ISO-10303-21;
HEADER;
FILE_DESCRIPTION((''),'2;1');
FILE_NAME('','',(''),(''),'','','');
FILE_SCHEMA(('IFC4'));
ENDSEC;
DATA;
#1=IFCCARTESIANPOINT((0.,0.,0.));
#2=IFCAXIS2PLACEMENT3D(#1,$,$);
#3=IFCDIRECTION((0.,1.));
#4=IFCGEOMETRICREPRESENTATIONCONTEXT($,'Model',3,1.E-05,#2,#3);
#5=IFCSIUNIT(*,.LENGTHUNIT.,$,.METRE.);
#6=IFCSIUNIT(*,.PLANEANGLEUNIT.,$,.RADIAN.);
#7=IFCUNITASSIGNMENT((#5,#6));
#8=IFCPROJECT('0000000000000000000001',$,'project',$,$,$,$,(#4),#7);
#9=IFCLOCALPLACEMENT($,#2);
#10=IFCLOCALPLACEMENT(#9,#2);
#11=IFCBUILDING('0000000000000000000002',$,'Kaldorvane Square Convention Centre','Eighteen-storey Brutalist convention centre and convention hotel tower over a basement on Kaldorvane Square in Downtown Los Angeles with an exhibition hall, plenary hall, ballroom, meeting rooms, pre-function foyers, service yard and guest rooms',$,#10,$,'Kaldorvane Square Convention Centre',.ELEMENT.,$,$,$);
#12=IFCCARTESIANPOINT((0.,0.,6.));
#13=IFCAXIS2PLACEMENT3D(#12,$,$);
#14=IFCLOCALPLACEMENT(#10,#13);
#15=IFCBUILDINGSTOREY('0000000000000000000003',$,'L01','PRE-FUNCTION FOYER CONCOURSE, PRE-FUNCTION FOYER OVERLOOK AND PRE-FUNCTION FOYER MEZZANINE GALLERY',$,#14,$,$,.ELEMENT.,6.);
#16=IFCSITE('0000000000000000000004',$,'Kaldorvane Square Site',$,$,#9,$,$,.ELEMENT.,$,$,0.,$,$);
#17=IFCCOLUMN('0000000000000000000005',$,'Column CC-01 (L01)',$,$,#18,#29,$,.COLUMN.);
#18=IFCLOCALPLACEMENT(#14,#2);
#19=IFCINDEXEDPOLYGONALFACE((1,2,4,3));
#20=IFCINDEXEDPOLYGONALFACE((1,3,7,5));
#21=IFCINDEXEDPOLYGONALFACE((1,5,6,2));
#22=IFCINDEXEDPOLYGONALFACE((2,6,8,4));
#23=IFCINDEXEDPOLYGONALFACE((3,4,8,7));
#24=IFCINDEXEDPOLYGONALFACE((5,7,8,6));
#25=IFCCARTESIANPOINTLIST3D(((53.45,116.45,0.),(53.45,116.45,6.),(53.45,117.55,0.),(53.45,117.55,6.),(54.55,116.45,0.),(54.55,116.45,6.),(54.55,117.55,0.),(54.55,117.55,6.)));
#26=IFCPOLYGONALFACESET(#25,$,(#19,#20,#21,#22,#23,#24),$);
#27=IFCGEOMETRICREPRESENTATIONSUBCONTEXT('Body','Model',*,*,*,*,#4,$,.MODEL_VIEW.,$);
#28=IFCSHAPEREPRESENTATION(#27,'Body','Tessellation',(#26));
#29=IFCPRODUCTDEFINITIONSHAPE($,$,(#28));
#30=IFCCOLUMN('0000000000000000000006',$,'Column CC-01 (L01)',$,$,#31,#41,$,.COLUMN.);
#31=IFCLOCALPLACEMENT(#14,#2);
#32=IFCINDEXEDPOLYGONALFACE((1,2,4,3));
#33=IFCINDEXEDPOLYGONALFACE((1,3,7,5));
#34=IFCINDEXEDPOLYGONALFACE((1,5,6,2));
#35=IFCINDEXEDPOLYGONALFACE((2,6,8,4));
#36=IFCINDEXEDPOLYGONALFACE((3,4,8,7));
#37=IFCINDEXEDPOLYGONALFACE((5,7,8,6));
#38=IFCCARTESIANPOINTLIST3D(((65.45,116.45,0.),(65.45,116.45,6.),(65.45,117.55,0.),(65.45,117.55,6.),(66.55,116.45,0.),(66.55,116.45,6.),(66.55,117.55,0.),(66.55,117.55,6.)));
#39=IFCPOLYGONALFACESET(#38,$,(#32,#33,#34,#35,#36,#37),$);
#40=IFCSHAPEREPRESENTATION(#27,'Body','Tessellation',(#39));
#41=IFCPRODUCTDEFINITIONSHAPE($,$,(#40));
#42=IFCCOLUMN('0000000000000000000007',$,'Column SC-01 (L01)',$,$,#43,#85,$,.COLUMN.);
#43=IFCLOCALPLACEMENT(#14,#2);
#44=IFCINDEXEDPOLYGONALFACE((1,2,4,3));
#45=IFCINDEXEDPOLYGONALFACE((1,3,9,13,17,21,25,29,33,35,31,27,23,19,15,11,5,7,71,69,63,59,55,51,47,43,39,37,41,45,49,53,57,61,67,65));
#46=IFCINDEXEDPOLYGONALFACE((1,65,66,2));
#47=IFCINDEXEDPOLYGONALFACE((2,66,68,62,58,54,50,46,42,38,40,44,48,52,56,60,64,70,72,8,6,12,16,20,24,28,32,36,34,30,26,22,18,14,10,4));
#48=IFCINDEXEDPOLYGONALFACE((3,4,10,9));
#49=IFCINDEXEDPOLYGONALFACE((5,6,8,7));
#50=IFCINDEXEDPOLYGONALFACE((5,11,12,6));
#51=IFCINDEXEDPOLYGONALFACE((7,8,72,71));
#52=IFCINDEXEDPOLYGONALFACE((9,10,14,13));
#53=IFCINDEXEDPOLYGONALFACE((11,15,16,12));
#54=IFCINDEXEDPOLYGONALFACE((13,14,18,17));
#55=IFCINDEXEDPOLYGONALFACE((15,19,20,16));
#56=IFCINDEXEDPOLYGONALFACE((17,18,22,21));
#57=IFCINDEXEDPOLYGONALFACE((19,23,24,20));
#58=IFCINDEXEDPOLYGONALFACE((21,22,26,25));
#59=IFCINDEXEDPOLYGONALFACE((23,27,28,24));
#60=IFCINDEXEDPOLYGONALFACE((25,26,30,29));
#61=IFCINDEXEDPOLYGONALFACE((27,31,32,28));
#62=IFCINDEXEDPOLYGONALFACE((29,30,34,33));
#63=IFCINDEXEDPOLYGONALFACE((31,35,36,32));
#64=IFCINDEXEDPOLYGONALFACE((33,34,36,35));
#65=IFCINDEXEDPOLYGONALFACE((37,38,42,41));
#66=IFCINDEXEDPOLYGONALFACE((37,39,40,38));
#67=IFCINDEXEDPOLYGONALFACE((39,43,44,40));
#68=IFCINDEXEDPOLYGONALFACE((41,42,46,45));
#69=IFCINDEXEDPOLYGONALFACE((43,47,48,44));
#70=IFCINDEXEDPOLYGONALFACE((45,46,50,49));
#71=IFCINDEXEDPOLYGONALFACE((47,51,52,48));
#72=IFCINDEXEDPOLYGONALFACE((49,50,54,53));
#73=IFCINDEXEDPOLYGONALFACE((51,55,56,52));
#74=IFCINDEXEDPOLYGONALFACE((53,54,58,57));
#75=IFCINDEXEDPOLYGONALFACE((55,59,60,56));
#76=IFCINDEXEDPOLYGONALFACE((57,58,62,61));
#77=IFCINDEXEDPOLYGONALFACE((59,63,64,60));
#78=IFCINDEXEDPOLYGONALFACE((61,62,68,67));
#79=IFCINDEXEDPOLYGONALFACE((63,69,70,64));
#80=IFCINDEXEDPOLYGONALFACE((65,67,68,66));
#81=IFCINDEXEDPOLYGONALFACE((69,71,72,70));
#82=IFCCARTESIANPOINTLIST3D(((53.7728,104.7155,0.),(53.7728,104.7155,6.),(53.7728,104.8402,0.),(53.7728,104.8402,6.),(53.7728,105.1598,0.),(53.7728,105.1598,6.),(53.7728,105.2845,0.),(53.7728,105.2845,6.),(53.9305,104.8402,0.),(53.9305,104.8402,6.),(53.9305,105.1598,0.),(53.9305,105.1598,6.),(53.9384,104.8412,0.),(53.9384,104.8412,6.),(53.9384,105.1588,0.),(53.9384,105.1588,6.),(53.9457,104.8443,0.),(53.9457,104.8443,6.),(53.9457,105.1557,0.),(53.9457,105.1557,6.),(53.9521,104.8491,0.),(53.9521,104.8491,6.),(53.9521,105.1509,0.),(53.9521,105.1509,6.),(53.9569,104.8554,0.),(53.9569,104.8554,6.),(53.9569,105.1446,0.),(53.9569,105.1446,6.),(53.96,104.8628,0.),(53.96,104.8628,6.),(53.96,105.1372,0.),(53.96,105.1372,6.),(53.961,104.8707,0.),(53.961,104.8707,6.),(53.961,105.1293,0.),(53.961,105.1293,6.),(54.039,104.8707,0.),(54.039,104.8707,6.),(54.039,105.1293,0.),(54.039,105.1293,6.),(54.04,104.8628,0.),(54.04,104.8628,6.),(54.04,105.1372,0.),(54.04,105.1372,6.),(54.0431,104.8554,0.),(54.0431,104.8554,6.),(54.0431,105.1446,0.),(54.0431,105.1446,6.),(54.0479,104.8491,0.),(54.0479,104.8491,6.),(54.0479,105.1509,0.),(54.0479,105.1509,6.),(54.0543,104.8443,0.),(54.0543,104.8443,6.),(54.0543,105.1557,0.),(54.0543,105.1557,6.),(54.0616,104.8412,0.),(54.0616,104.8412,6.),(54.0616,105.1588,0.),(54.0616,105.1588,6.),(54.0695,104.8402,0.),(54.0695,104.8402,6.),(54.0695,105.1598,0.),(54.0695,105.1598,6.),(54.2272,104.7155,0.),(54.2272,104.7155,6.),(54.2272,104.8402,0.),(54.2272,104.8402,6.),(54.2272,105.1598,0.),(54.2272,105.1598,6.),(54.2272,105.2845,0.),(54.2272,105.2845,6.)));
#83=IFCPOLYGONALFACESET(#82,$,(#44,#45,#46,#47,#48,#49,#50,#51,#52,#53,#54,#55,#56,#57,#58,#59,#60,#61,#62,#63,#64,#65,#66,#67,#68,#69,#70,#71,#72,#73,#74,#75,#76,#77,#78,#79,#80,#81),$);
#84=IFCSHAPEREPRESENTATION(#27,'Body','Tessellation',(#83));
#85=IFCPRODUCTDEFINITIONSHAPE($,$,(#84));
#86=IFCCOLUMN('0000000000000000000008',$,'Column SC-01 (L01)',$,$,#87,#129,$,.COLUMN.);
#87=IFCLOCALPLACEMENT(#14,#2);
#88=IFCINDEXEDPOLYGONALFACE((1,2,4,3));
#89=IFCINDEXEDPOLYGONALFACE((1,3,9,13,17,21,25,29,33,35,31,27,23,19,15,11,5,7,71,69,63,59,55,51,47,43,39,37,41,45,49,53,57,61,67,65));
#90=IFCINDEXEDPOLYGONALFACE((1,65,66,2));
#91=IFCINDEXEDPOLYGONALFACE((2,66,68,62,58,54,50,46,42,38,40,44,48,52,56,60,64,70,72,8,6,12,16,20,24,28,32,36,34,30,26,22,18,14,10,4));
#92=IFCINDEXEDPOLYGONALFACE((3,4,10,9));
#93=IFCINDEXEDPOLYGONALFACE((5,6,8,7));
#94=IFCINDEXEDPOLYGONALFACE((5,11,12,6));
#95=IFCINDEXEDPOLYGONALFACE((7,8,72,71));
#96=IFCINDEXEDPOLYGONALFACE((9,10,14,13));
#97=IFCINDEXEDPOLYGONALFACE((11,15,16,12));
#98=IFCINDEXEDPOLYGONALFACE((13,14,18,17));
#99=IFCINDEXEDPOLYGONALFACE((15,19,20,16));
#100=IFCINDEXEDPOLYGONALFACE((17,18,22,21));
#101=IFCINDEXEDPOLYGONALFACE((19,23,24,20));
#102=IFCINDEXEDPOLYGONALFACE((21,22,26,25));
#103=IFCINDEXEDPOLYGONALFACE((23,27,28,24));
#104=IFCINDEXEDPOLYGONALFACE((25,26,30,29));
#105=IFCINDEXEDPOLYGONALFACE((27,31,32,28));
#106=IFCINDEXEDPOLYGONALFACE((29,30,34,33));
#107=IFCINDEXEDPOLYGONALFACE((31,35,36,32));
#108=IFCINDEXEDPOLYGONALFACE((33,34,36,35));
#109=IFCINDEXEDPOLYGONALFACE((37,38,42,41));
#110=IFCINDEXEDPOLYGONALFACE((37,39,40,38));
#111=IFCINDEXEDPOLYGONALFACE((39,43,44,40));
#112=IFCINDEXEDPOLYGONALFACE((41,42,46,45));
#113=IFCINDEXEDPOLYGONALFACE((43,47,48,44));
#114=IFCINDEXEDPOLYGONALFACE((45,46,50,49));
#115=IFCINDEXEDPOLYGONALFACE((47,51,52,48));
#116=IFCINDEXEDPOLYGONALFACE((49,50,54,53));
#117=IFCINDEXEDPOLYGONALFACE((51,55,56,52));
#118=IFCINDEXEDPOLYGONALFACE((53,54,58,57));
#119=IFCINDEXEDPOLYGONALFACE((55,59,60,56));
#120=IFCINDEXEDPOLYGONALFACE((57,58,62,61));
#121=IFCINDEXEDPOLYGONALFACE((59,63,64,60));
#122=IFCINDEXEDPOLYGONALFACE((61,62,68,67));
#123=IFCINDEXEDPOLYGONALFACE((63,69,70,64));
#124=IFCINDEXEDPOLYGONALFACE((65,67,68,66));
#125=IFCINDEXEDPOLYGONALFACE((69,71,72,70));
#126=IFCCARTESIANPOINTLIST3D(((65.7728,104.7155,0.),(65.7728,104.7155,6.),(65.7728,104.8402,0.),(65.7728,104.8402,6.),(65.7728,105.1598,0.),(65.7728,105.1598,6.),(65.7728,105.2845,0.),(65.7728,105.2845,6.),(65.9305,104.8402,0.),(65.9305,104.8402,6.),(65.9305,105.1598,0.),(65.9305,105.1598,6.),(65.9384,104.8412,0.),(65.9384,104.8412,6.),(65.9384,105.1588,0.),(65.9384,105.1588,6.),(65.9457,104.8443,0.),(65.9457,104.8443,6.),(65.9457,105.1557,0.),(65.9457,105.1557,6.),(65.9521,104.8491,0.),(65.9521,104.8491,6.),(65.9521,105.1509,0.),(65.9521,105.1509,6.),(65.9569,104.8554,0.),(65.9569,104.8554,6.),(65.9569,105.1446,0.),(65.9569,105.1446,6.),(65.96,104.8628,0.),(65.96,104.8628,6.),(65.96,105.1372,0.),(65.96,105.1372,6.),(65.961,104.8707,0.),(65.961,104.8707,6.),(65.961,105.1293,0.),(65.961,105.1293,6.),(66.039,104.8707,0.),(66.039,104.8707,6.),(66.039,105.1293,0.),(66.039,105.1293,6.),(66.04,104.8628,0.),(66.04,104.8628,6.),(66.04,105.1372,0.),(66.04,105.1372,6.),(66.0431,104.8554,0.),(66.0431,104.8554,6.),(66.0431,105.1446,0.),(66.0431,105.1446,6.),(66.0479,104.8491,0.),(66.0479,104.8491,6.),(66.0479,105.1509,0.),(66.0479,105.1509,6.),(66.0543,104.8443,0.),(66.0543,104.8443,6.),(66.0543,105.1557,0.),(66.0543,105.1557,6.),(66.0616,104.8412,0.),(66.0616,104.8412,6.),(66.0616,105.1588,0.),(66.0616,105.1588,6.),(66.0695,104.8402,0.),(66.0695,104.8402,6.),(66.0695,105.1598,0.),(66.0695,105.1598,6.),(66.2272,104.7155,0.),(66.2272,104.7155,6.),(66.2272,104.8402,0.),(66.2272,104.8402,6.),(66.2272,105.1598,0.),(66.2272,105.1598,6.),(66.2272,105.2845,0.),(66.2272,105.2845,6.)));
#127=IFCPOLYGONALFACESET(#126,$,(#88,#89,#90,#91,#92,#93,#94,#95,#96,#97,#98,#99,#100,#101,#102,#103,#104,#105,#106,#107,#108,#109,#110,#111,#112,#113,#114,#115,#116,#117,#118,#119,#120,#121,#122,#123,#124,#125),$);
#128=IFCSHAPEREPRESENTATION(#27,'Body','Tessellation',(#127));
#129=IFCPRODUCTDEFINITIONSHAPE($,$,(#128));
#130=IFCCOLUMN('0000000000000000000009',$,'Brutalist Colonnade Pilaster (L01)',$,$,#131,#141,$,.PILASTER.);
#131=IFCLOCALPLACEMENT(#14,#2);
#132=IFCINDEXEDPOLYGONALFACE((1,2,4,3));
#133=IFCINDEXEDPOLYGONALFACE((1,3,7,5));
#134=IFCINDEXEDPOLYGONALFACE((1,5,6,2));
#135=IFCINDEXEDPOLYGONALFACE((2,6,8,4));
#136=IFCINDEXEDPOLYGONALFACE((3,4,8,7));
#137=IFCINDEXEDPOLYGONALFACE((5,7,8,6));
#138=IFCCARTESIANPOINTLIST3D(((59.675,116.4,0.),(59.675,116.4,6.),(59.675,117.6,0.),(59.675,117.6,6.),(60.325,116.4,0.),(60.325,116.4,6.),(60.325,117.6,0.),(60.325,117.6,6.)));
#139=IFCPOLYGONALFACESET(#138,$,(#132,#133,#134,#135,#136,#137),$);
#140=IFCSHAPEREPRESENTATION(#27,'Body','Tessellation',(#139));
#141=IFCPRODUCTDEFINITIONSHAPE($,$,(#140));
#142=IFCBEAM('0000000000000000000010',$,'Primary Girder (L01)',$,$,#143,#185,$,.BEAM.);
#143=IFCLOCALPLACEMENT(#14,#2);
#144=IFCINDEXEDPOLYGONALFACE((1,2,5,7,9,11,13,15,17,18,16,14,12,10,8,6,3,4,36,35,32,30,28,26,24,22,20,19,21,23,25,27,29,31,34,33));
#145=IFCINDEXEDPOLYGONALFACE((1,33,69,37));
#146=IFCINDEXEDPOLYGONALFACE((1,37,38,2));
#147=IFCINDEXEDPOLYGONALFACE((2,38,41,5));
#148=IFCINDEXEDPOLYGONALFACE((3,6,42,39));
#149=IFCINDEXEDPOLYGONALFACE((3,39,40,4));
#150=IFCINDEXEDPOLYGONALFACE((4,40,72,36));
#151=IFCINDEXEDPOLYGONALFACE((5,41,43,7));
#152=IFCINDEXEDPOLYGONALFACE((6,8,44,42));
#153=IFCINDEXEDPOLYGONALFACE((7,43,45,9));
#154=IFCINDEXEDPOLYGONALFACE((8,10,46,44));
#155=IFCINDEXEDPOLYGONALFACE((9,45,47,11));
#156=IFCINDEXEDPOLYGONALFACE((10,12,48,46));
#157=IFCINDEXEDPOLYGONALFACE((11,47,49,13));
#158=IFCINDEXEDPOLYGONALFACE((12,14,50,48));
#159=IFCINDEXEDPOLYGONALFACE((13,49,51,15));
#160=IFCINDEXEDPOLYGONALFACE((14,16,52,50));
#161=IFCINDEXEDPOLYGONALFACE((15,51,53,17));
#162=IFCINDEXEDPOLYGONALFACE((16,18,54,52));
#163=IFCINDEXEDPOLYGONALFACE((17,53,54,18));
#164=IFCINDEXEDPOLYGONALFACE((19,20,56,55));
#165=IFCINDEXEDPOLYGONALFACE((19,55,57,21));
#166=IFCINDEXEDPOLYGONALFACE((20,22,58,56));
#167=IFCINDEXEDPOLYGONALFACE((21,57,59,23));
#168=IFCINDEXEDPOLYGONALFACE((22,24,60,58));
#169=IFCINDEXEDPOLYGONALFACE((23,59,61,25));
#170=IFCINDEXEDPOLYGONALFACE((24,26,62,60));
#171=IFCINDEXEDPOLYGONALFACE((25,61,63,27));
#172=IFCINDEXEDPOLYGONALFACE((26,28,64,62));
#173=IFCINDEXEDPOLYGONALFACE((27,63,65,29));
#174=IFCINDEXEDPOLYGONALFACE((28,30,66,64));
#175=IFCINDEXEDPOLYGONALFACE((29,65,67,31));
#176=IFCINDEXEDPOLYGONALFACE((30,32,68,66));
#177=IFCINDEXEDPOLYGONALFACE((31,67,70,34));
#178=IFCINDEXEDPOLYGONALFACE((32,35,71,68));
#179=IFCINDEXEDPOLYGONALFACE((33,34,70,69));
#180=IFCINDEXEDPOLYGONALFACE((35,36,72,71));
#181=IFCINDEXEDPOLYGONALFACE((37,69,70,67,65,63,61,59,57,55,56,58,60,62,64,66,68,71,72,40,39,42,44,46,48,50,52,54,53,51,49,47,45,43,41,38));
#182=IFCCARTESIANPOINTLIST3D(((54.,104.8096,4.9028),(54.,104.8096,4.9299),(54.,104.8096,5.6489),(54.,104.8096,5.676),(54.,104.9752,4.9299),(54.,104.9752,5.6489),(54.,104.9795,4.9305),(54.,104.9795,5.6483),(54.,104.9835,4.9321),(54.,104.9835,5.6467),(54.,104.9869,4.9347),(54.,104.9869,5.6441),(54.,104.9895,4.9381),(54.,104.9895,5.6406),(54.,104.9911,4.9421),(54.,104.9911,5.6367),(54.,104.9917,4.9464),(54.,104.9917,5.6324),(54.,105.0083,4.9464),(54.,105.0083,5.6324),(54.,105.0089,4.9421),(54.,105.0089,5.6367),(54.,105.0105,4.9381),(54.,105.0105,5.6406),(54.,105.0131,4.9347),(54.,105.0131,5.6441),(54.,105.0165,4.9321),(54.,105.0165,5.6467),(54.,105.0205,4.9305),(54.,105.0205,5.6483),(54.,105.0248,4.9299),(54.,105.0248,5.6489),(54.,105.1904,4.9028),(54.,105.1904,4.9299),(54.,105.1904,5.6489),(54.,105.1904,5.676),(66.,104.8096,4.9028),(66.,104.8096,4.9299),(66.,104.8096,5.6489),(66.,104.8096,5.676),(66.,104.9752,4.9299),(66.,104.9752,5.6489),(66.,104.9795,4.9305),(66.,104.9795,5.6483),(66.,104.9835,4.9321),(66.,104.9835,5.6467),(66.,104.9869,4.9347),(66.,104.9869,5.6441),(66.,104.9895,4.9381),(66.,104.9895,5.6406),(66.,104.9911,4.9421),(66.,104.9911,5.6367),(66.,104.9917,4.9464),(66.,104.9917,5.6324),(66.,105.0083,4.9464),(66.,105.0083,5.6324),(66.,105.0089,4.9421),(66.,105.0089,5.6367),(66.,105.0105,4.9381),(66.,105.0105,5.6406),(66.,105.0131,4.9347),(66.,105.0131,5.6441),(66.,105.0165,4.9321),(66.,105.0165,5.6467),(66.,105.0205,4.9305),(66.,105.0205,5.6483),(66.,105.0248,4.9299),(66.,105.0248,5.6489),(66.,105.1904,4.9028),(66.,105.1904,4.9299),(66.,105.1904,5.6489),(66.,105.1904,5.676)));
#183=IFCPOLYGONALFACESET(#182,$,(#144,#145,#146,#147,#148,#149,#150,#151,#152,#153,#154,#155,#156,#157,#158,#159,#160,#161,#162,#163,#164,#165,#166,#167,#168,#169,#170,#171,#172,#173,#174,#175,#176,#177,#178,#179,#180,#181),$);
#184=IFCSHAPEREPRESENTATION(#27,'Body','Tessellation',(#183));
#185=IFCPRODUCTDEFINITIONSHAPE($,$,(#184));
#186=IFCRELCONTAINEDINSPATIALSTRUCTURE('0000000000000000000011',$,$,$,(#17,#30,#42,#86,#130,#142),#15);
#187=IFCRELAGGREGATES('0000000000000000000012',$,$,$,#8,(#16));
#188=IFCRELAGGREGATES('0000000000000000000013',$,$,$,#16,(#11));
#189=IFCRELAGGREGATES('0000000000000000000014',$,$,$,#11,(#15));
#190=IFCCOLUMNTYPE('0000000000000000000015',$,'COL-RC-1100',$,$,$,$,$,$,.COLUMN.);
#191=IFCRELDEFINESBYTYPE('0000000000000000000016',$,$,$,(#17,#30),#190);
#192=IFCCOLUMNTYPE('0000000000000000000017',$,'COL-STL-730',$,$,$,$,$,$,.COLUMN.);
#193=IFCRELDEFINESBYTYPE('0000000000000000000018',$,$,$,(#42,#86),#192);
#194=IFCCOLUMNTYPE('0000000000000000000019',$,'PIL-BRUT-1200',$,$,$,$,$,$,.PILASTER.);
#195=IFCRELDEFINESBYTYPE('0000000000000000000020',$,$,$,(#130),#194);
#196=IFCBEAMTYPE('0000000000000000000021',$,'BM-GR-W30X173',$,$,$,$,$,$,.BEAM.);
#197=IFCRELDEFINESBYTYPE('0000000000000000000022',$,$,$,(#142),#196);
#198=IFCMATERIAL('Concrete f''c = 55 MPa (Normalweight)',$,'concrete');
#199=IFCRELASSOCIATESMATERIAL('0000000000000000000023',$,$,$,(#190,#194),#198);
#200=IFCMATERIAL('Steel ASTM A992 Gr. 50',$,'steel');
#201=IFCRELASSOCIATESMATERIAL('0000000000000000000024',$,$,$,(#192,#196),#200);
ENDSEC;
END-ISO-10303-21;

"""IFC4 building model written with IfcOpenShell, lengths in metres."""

from ifc_helpers import new_model, si_unit, direction, frame, origin, origin_2d, place, context, subcontext, project, spatial, rectangle, i_section, extrude, material, material_profile, profile_set, type_object, element, save


model = new_model("IFC4")

# Units and contexts
model_context = context("Model", 3, precision=1e-05, world=origin(), true_north=direction((0.0, 1.0)))
body_context = subcontext(model_context, "Body", "Model", "MODEL_VIEW")
ifc_project = project(units=[si_unit("LENGTHUNIT", "METRE"), si_unit("PLANEANGLEUNIT", "RADIAN")], contexts=[model_context])

# Site, building, storey
site_placement = place(None, origin())
site = spatial("IfcSite", under=ifc_project, at=site_placement, Name="Kaldorvane Square Site", CompositionType="ELEMENT", RefElevation=0.0)
building_placement = place(site_placement, origin())
building = spatial("IfcBuilding", under=site, at=building_placement, Name="Kaldorvane Square Convention Centre", Description="Eighteen-storey Brutalist convention centre and convention hotel tower over a basement on Kaldorvane Square in Downtown Los Angeles with an exhibition hall, plenary hall, ballroom, meeting rooms, pre-function foyers, service yard and guest rooms", LongName="Kaldorvane Square Convention Centre", CompositionType="ELEMENT")
storey_placement = place(building_placement, frame((0.0, 0.0, 6.0)))
storey = spatial("IfcBuildingStorey", under=building, at=storey_placement, Name="L01", Description="PRE-FUNCTION FOYER CONCOURSE, PRE-FUNCTION FOYER OVERLOOK AND PRE-FUNCTION FOYER MEZZANINE GALLERY", CompositionType="ELEMENT", Elevation=6.0)

# Columns
ifc_material_1 = material(Name="Concrete f'c = 55 MPa (Normalweight)", Category="concrete")
ifc_material_profile_1 = material_profile(ifc_material_1, rectangle(XDim=1.1, YDim=1.1, at=origin_2d()), Name="RC1100X1100")
ifc_profile_set_1 = profile_set([ifc_material_profile_1], Name="Concrete f'c = 55 MPa (Normalweight)")
column_type_1 = type_object("IfcColumnType", Name="COL-RC-1100", PredefinedType="COLUMN", material=ifc_profile_set_1)
for number, where, z_axis, x_axis, name in (
    (1, (54.0, 117.0, 0.0), (0.0, 0.0, 1.0), (1.0, 0.0, 0.0), "Column CC-01 (L01)"),
    (2, (66.0, 117.0, 0.0), (0.0, 0.0, 1.0), (1.0, 0.0, 0.0), "Column CC-01 (L01)"),
):
    element("IfcColumn", number, at=place(storey_placement, frame(where, z_axis=z_axis, x_axis=x_axis)), inside=storey, type_object=column_type_1, Name=name, PredefinedType="COLUMN", context=body_context, shape_type="SweptSolid", body=[
        extrude(rectangle(XDim=1.1, YDim=1.1, at=origin_2d()), origin(), (0.0, 0.0, 1.0), 6.0),
    ])
ifc_material_2 = material(Name="Steel ASTM A992 Gr. 50", Category="steel")
ifc_material_profile_2 = material_profile(ifc_material_2, i_section(OverallWidth=0.4544, OverallDepth=0.569, WebThickness=0.078, FlangeThickness=0.1247, FilletRadius=0.0305, at=origin_2d()), Name="W14X730")
ifc_profile_set_2 = profile_set([ifc_material_profile_2], Name="Steel ASTM A992 Gr. 50")
column_type_2 = type_object("IfcColumnType", Name="COL-STL-730", PredefinedType="COLUMN", material=ifc_profile_set_2)
for number, where, z_axis, x_axis, name in (
    (3, (54.0, 105.0, 0.0), (0.0, 0.0, 1.0), (1.0, 0.0, 0.0), "Column SC-01 (L01)"),
    (4, (66.0, 105.0, 0.0), (0.0, 0.0, 1.0), (1.0, 0.0, 0.0), "Column SC-01 (L01)"),
):
    element("IfcColumn", number, at=place(storey_placement, frame(where, z_axis=z_axis, x_axis=x_axis)), inside=storey, type_object=column_type_2, Name=name, PredefinedType="COLUMN", context=body_context, shape_type="SweptSolid", body=[
        extrude(i_section(OverallWidth=0.4544, OverallDepth=0.569, WebThickness=0.078, FlangeThickness=0.1247, FilletRadius=0.0305, at=origin_2d()), origin(), (0.0, 0.0, 1.0), 6.0),
    ])
ifc_material_profile_3 = material_profile(ifc_material_1, rectangle(XDim=0.65, YDim=1.2, at=origin_2d()), Name="PIL1200X650")
ifc_profile_set_3 = profile_set([ifc_material_profile_3], Name="Concrete f'c = 55 MPa (Normalweight)")
column_type_3 = type_object("IfcColumnType", Name="PIL-BRUT-1200", PredefinedType="PILASTER", material=ifc_profile_set_3)
column_placement = place(storey_placement, frame((60.0, 117.0, 0.0), z_axis=(0.0, 0.0, 1.0), x_axis=(1.0, 0.0, 0.0)))
element("IfcColumn", 5, at=column_placement, inside=storey, type_object=column_type_3, Name="Brutalist Colonnade Pilaster (L01)", PredefinedType="PILASTER", context=body_context, shape_type="SweptSolid", body=[
    extrude(rectangle(XDim=0.65, YDim=1.2, at=origin_2d()), origin(), (0.0, 0.0, 1.0), 6.0),
])

# Beam
ifc_material_profile_4 = material_profile(ifc_material_2, i_section(OverallWidth=0.3807, OverallDepth=0.7732, WebThickness=0.0166, FlangeThickness=0.0271, FilletRadius=0.0165, at=origin_2d()), Name="W30X173")
ifc_profile_set_4 = profile_set([ifc_material_profile_4], Name="Steel ASTM A992 Gr. 50")
beam_type_1 = type_object("IfcBeamType", Name="BM-GR-W30X173", PredefinedType="BEAM", material=ifc_profile_set_4)
for number, where, z_axis, x_axis, name in (
    (6, (54.0, 105.0, 5.2894), (1.0, 0.0, 0.0), (0.0, 1.0, 0.0), "Primary Girder (L01)"),
):
    element("IfcBeam", number, at=place(storey_placement, frame(where, z_axis=z_axis, x_axis=x_axis)), inside=storey, type_object=beam_type_1, Name=name, PredefinedType="BEAM", context=body_context, shape_type="SweptSolid", body=[
        extrude(i_section(OverallWidth=0.3807, OverallDepth=0.7732, WebThickness=0.0166, FlangeThickness=0.0271, FilletRadius=0.0165, at=origin_2d()), origin(), (0.0, 0.0, 1.0), 12.0),
    ])

save(model, "model.ifc")
